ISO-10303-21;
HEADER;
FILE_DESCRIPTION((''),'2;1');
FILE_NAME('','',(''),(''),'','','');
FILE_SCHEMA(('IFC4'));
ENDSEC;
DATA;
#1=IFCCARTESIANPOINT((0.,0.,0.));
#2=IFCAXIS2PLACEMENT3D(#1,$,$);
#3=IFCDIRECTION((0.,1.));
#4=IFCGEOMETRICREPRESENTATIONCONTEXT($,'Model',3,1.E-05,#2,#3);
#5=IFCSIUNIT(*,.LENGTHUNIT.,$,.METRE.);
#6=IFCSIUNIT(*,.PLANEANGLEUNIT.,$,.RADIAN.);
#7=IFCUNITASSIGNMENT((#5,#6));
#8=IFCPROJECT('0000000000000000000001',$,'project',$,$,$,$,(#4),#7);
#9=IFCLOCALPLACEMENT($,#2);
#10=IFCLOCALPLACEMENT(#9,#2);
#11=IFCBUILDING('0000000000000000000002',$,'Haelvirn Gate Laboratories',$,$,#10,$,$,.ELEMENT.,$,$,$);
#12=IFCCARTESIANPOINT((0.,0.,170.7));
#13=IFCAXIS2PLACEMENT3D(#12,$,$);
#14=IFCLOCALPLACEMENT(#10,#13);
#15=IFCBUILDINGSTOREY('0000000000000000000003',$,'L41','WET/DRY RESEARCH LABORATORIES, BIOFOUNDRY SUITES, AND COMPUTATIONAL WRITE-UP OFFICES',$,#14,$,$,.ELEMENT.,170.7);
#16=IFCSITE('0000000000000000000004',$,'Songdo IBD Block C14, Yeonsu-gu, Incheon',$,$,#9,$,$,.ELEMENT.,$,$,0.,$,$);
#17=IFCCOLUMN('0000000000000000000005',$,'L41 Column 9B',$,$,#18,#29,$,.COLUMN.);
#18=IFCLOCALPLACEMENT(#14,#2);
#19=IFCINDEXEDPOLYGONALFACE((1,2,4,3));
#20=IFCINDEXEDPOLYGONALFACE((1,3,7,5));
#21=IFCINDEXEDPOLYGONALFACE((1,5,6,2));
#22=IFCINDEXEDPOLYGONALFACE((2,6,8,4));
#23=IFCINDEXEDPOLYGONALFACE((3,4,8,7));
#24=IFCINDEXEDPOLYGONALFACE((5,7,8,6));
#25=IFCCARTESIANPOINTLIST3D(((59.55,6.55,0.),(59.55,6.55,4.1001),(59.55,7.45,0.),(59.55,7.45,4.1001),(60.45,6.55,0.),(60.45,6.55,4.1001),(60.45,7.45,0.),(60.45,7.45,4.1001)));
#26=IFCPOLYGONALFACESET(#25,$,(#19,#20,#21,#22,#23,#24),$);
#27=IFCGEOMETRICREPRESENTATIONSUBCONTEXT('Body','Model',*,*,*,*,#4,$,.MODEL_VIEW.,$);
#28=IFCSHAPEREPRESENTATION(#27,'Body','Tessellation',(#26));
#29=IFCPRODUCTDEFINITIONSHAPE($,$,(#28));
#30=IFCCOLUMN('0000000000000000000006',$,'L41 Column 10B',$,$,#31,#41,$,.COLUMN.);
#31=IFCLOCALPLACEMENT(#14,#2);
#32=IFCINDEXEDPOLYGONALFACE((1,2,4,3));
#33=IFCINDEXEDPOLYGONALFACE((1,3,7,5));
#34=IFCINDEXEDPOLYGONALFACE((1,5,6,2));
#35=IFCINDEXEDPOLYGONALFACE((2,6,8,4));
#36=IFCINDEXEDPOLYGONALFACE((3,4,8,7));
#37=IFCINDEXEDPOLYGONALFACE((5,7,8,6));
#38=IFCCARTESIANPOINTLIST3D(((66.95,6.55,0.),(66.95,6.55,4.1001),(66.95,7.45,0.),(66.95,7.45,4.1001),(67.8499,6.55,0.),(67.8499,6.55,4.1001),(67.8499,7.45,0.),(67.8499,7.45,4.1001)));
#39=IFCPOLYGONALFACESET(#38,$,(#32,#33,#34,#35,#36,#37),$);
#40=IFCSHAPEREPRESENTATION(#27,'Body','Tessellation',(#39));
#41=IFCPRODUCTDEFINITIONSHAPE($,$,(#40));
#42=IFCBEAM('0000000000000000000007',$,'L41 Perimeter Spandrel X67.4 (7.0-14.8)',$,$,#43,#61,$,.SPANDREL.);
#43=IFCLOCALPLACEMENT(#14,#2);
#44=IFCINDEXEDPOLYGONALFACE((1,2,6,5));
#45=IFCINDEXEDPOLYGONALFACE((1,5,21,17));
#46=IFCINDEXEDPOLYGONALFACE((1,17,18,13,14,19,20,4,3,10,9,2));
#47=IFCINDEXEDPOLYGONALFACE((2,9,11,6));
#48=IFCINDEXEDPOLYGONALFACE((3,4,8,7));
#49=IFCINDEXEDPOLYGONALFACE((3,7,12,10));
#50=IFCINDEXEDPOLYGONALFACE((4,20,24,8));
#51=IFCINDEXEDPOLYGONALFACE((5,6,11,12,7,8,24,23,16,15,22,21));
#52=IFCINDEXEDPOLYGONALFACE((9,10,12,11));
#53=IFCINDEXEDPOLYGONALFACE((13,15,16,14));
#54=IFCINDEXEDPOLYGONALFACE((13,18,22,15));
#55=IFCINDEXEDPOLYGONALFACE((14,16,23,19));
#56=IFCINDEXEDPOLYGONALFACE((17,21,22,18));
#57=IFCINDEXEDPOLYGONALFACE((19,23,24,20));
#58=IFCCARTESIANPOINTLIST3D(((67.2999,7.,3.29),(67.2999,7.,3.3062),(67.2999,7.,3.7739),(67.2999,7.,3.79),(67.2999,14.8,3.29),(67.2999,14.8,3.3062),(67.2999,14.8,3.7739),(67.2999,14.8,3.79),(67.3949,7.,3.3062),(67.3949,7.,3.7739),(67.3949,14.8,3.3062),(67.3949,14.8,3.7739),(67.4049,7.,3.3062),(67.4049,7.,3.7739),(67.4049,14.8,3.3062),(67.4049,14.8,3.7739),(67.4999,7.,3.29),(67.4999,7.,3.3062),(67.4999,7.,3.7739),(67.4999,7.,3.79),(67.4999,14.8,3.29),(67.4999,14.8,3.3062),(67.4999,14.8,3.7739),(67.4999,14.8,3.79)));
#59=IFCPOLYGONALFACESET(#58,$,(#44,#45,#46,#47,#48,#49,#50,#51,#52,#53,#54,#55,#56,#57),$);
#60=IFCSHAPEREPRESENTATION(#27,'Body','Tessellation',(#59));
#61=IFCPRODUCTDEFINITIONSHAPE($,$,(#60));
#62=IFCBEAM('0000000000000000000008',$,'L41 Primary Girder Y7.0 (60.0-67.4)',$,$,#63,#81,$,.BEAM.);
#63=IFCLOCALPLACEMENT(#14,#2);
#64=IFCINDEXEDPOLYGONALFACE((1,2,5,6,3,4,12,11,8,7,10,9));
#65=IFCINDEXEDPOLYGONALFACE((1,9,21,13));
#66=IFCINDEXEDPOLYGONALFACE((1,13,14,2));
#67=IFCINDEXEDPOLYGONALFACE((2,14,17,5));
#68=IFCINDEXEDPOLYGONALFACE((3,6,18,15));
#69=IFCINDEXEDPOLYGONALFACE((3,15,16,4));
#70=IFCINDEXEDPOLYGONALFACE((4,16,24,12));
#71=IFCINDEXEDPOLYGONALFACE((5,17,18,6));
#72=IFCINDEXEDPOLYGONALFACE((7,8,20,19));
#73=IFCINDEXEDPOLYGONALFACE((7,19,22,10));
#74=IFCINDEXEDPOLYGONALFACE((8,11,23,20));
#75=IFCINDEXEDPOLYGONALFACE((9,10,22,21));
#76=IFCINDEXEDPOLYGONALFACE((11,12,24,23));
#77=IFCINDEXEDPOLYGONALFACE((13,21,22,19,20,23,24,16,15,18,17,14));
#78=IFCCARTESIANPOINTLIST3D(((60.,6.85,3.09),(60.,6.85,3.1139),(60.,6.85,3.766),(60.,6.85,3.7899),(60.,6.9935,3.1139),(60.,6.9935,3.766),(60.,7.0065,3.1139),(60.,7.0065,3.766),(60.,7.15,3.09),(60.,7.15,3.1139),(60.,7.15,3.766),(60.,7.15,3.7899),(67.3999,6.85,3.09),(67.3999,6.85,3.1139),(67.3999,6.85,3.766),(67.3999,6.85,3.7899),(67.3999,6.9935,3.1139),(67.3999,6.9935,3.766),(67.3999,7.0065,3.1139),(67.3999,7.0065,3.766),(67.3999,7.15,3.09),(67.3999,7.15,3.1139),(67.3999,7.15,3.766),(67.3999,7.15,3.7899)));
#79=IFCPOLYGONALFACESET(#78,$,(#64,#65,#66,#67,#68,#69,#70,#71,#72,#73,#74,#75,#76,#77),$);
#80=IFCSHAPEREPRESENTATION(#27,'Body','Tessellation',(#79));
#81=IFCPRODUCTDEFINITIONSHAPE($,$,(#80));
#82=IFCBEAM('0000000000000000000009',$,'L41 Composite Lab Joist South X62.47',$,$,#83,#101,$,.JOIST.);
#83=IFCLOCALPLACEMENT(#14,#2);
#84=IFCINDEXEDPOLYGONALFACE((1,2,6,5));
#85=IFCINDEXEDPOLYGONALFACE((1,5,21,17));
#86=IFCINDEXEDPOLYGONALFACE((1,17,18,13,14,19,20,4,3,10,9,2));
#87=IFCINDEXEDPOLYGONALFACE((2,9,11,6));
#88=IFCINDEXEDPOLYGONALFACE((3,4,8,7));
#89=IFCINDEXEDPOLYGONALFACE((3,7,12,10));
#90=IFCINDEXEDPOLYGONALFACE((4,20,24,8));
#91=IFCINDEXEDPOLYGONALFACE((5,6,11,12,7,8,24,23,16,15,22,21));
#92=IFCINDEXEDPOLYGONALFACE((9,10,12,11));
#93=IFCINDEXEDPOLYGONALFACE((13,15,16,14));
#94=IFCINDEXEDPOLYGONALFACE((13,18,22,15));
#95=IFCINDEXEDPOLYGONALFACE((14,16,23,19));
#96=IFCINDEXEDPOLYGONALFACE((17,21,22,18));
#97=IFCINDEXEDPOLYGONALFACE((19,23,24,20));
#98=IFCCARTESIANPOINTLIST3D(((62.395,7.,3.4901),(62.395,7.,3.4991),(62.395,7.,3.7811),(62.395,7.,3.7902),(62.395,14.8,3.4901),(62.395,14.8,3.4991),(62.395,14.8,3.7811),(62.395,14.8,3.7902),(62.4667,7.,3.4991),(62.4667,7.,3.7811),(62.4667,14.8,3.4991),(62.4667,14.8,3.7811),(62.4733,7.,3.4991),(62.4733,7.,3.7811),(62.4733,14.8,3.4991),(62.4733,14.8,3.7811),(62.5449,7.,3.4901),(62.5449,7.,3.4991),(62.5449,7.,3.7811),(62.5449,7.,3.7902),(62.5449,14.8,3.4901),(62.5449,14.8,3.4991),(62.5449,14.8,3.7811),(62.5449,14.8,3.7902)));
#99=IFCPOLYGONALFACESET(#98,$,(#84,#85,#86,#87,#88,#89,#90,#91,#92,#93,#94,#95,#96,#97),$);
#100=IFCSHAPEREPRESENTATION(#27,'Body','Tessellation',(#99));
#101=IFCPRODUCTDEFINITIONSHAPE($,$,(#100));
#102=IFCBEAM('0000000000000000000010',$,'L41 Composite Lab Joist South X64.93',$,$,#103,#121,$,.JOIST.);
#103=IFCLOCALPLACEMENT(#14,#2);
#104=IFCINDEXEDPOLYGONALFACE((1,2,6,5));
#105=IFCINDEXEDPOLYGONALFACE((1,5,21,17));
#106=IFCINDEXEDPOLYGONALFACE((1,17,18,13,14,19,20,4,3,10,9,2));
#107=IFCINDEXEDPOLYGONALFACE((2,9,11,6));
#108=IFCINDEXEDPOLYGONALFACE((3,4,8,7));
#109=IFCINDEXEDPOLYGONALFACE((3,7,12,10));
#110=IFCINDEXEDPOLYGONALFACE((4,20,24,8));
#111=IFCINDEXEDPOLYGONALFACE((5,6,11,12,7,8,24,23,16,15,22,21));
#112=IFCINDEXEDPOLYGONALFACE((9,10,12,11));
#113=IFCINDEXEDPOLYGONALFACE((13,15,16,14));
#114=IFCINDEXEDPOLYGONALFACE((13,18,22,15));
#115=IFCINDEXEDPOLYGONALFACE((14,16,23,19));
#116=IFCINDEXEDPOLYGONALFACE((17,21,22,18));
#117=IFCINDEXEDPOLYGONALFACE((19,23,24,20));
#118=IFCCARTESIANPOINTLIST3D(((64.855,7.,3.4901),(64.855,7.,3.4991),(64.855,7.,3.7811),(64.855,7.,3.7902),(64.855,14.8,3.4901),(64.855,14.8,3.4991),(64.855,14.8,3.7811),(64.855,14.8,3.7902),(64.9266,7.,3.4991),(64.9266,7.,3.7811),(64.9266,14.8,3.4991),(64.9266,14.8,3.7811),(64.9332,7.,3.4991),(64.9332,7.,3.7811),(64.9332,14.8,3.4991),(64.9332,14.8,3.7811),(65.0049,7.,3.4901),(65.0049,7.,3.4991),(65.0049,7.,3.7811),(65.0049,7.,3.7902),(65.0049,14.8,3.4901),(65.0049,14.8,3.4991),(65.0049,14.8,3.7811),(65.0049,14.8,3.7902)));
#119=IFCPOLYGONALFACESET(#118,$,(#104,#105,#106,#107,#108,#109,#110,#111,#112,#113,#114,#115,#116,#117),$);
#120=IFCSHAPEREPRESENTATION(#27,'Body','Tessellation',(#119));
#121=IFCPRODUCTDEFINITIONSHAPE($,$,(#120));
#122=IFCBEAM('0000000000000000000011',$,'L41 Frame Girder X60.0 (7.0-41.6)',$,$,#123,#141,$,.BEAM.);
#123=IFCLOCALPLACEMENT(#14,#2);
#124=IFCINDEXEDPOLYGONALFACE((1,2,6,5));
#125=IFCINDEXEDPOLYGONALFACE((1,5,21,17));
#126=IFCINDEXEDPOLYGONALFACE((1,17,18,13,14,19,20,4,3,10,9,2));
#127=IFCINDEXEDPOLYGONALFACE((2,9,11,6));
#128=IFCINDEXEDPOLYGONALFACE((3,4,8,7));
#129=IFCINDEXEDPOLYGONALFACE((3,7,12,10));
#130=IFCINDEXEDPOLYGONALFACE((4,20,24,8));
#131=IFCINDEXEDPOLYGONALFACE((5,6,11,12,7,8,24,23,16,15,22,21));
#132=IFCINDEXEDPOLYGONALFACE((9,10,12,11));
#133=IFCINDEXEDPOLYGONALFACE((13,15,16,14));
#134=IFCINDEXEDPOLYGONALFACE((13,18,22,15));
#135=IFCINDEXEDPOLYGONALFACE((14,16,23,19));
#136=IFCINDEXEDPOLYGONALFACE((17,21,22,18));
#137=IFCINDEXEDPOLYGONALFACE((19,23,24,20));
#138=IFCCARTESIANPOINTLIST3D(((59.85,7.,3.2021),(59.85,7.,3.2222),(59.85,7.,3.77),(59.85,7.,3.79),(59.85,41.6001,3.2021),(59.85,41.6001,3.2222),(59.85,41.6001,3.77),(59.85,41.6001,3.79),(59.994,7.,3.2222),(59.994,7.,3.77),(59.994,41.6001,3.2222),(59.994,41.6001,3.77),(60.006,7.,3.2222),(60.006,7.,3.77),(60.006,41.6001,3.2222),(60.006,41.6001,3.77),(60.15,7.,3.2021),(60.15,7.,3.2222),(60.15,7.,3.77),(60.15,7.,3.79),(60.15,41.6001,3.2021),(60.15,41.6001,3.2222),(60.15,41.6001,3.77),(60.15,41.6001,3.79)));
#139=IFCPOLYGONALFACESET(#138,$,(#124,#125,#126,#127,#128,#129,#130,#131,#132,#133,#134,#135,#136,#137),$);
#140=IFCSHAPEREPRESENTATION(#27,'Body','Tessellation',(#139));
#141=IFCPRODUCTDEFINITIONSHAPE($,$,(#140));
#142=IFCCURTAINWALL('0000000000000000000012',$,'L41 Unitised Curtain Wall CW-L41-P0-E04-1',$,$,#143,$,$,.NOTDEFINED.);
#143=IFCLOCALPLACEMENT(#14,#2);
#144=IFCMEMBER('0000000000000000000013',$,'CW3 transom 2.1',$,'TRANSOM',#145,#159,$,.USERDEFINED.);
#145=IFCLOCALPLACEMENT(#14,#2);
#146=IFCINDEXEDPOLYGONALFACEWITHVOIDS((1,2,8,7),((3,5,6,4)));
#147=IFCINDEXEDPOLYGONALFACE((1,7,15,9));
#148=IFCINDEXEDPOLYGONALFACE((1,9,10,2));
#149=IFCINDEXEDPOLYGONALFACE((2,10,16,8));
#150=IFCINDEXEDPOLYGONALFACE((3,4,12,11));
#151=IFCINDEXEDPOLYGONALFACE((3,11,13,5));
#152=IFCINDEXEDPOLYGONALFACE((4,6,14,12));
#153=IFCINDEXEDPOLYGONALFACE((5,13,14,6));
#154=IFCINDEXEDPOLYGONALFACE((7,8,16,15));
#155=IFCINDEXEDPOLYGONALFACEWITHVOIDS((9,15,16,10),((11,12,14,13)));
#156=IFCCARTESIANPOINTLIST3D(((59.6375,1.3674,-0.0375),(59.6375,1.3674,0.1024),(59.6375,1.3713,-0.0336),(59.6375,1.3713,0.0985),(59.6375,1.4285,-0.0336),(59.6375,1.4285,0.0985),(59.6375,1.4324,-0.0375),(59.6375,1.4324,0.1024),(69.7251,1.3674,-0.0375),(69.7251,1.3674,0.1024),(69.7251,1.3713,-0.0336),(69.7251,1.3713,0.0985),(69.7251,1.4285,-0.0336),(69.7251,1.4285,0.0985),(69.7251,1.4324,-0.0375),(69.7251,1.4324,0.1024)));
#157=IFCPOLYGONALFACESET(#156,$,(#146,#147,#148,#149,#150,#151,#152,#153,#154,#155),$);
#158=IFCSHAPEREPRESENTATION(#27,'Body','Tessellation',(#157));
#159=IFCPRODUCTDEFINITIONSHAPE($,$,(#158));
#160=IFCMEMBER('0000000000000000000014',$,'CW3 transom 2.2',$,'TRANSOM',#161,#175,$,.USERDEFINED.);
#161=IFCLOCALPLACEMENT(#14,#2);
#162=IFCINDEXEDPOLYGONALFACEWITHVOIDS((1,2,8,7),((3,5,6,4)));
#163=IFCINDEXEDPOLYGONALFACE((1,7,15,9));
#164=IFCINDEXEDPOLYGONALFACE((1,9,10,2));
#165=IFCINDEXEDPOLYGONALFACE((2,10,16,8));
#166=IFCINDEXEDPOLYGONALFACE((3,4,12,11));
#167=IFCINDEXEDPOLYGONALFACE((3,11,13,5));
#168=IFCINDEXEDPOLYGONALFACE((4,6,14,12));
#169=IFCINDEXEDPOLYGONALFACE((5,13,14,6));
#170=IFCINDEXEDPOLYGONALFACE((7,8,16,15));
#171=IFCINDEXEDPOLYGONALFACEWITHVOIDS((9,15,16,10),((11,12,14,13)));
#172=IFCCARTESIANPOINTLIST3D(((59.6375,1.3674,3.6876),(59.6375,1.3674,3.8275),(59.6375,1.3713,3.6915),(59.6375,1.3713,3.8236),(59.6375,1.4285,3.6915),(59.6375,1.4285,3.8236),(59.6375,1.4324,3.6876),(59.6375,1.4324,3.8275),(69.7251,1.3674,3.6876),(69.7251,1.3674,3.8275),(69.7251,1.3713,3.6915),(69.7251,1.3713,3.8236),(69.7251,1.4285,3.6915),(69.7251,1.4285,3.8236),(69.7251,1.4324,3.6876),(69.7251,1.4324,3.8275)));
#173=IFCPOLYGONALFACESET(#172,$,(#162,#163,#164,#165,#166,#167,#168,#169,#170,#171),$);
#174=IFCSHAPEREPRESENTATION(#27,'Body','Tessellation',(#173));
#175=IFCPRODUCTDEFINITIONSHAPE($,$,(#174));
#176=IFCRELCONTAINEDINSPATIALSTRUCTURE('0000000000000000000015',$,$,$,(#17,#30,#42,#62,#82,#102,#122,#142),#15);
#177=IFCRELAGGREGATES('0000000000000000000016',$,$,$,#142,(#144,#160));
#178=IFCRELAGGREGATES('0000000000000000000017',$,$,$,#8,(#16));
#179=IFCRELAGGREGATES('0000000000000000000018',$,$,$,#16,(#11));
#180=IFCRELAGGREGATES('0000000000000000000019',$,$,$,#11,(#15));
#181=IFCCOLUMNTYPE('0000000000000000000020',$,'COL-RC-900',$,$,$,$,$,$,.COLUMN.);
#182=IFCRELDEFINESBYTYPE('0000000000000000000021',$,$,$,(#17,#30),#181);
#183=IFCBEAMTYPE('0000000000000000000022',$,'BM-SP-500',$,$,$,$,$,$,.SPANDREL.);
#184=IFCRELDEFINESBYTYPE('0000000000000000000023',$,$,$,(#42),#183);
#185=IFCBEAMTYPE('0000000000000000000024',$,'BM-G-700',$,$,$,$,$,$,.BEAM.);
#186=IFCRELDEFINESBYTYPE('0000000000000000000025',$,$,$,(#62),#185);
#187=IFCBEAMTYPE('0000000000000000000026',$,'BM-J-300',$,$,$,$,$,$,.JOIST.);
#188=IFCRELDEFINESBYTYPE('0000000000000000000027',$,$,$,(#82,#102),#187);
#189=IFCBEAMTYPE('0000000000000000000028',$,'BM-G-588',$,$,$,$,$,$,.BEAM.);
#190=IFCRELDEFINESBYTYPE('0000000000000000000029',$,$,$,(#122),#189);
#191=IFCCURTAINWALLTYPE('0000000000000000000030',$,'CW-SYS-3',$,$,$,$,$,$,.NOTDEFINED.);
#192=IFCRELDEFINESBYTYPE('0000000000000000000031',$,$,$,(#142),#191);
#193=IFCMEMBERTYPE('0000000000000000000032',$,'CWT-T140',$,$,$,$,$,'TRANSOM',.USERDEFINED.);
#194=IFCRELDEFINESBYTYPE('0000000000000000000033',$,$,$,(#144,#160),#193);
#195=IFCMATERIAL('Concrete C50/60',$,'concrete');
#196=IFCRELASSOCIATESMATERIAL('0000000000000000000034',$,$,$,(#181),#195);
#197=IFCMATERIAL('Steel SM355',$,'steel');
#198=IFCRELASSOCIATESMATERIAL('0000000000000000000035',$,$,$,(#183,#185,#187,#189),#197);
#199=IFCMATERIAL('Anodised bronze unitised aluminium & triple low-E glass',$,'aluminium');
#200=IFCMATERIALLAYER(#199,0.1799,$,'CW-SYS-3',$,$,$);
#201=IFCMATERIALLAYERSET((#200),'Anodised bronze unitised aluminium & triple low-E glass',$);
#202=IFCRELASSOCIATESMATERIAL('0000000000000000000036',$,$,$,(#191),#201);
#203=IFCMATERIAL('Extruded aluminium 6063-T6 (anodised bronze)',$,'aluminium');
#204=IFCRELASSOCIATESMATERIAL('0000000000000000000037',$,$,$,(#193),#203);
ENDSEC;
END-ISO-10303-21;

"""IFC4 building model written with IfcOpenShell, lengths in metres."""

from ifc_helpers import new_model, si_unit, direction, frame, origin, origin_2d, place, context, subcontext, project, spatial, rectangle, hollow_rectangle, i_section, extrude, source, transform, mapped, material, layer, layer_set, material_profile, profile_set, type_object, type_shapes, element, aggregate, save


model = new_model("IFC4")

# Units and contexts
model_context = context("Model", 3, precision=1e-05, world=origin(), true_north=direction((0.0, 1.0)))
body_context = subcontext(model_context, "Body", "Model", "MODEL_VIEW")
ifc_project = project(units=[si_unit("LENGTHUNIT", "METRE"), si_unit("PLANEANGLEUNIT", "RADIAN")], contexts=[model_context])

# Site, building, storey
site_placement = place(None, origin())
site = spatial("IfcSite", under=ifc_project, at=site_placement, Name="Songdo IBD Block C14, Yeonsu-gu, Incheon", CompositionType="ELEMENT", RefElevation=0.0)
building_placement = place(site_placement, origin())
building = spatial("IfcBuilding", under=site, at=building_placement, Name="Haelvirn Gate Laboratories", CompositionType="ELEMENT")
storey_placement = place(building_placement, frame((0.0, 0.0, 170.7)))
storey = spatial("IfcBuildingStorey", under=building, at=storey_placement, Name="L41", Description="WET/DRY RESEARCH LABORATORIES, BIOFOUNDRY SUITES, AND COMPUTATIONAL WRITE-UP OFFICES", CompositionType="ELEMENT", Elevation=170.7)

# Columns
ifc_material_1 = material(Name="Concrete C50/60", Category="concrete")
ifc_material_profile_1 = material_profile(ifc_material_1, rectangle(XDim=0.8999, YDim=0.8999, at=origin_2d()), Name="RC-900x900")
ifc_profile_set_1 = profile_set([ifc_material_profile_1], Name="Concrete C50/60")
column_type = type_object("IfcColumnType", Name="COL-RC-900", PredefinedType="COLUMN", material=ifc_profile_set_1)
shared_shape_1 = source(origin(), body_context, "Body", "SweptSolid", [
    extrude(rectangle(XDim=0.8999, YDim=0.8999, at=origin_2d()), origin(), (0.0, 0.0, 1.0), 4.1001),
])
type_shapes(column_type, [shared_shape_1])
for number, where, z_axis, x_axis, name in (
    (1, (60.0, 7.0, 0.0), (0.0, 0.0, 1.0), (1.0, 0.0, 0.0), "L41 Column 9B"),
    (2, (67.3999, 7.0, 0.0), (0.0, 0.0, 1.0), (1.0, 0.0, 0.0), "L41 Column 10B"),
):
    element("IfcColumn", number, at=place(storey_placement, frame(where, z_axis=z_axis, x_axis=x_axis)), inside=storey, type_object=column_type, Name=name, PredefinedType="COLUMN", context=body_context, shape_type="MappedRepresentation", body=[
        mapped(shared_shape_1, transform((0.0, 0.0, 0.0), scale=1.0)),
    ])

# Beams
ifc_material_2 = material(Name="Steel SM355", Category="steel")
ifc_material_profile_2 = material_profile(ifc_material_2, i_section(OverallWidth=0.2, OverallDepth=0.5, WebThickness=0.01, FlangeThickness=0.0161, at=origin_2d()), Name="H-500x200x10x16")
ifc_profile_set_2 = profile_set([ifc_material_profile_2], Name="Steel SM355")
beam_type_1 = type_object("IfcBeamType", Name="BM-SP-500", PredefinedType="SPANDREL", material=ifc_profile_set_2)
shared_shape_2 = source(origin(), body_context, "Body", "SweptSolid", [
    extrude(i_section(OverallWidth=0.2, OverallDepth=0.5, WebThickness=0.01, FlangeThickness=0.0161, at=origin_2d()), origin(), (0.0, 0.0, 1.0), 7.8),
])
type_shapes(beam_type_1, [shared_shape_2])
beam_1_placement = place(storey_placement, frame((67.3999, 7.0, 3.54), z_axis=(0.0, 1.0, 0.0), x_axis=(-1.0, 0.0, 0.0)))
element("IfcBeam", 3, at=beam_1_placement, inside=storey, type_object=beam_type_1, Name="L41 Perimeter Spandrel X67.4 (7.0-14.8)", PredefinedType="SPANDREL", context=body_context, shape_type="MappedRepresentation", body=[
    mapped(shared_shape_2, transform((0.0, 0.0, 0.0), scale=1.0)),
])
ifc_material_profile_3 = material_profile(ifc_material_2, i_section(OverallWidth=0.3, OverallDepth=0.7, WebThickness=0.0129, FlangeThickness=0.0239, at=origin_2d()), Name="H-700x300x13x24")
ifc_profile_set_3 = profile_set([ifc_material_profile_3], Name="Steel SM355")
beam_type_2 = type_object("IfcBeamType", Name="BM-G-700", PredefinedType="BEAM", material=ifc_profile_set_3)
shared_shape_3 = source(origin(), body_context, "Body", "SweptSolid", [
    extrude(i_section(OverallWidth=0.3, OverallDepth=0.7, WebThickness=0.0129, FlangeThickness=0.0239, at=origin_2d()), origin(), (0.0, 0.0, 1.0), 7.3999),
])
type_shapes(beam_type_2, [shared_shape_3])
beam_2_placement = place(storey_placement, frame((60.0, 7.0, 3.4399), z_axis=(1.0, 0.0, 0.0), x_axis=(0.0, 1.0, 0.0)))
element("IfcBeam", 4, at=beam_2_placement, inside=storey, type_object=beam_type_2, Name="L41 Primary Girder Y7.0 (60.0-67.4)", PredefinedType="BEAM", context=body_context, shape_type="MappedRepresentation", body=[
    mapped(shared_shape_3, transform((0.0, 0.0, 0.0), scale=1.0)),
])
ifc_material_profile_4 = material_profile(ifc_material_2, i_section(OverallWidth=0.1499, OverallDepth=0.3, WebThickness=0.0066, FlangeThickness=0.009, at=origin_2d()), Name="H-300x150x6.5x9")
ifc_profile_set_4 = profile_set([ifc_material_profile_4], Name="Steel SM355")
beam_type_3 = type_object("IfcBeamType", Name="BM-J-300", PredefinedType="JOIST", material=ifc_profile_set_4)
shared_shape_4 = source(origin(), body_context, "Body", "SweptSolid", [
    extrude(i_section(OverallWidth=0.1499, OverallDepth=0.3, WebThickness=0.0066, FlangeThickness=0.009, at=origin_2d()), origin(), (0.0, 0.0, 1.0), 7.8),
])
type_shapes(beam_type_3, [shared_shape_4])
for number, where, z_axis, x_axis, name in (
    (5, (62.47, 7.0, 3.6401), (0.0, 1.0, 0.0), (-1.0, 0.0, 0.0), "L41 Composite Lab Joist South X62.47"),
    (6, (64.9299, 7.0, 3.6401), (0.0, 1.0, 0.0), (-1.0, 0.0, 0.0), "L41 Composite Lab Joist South X64.93"),
):
    element("IfcBeam", number, at=place(storey_placement, frame(where, z_axis=z_axis, x_axis=x_axis)), inside=storey, type_object=beam_type_3, Name=name, PredefinedType="JOIST", context=body_context, shape_type="MappedRepresentation", body=[
        mapped(shared_shape_4, transform((0.0, 0.0, 0.0), scale=1.0)),
    ])
ifc_material_profile_5 = material_profile(ifc_material_2, i_section(OverallWidth=0.3, OverallDepth=0.5879, WebThickness=0.012, FlangeThickness=0.02, at=origin_2d()), Name="H-588x300x12x20")
ifc_profile_set_5 = profile_set([ifc_material_profile_5], Name="Steel SM355")
beam_type_4 = type_object("IfcBeamType", Name="BM-G-588", PredefinedType="BEAM", material=ifc_profile_set_5)
shared_shape_5 = source(origin(), body_context, "Body", "SweptSolid", [
    extrude(i_section(OverallWidth=0.3, OverallDepth=0.5879, WebThickness=0.012, FlangeThickness=0.02, at=origin_2d()), origin(), (0.0, 0.0, 1.0), 34.6001),
])
type_shapes(beam_type_4, [shared_shape_5])
beam_3_placement = place(storey_placement, frame((60.0, 7.0, 3.4961), z_axis=(0.0, 1.0, 0.0), x_axis=(-1.0, 0.0, 0.0)))
element("IfcBeam", 7, at=beam_3_placement, inside=storey, type_object=beam_type_4, Name="L41 Frame Girder X60.0 (7.0-41.6)", PredefinedType="BEAM", context=body_context, shape_type="MappedRepresentation", body=[
    mapped(shared_shape_5, transform((0.0, 0.0, 0.0), scale=1.0)),
])

# Curtain wall, members
ifc_material_3 = material(Name="Anodised bronze unitised aluminium & triple low-E glass", Category="aluminium")
ifc_layer_1 = layer(ifc_material_3, 0.1799, Name="CW-SYS-3")
ifc_layer_set_1 = layer_set([ifc_layer_1], Name="Anodised bronze unitised aluminium & triple low-E glass")
curtain_wall_type_1 = type_object("IfcCurtainWallType", Name="CW-SYS-3", PredefinedType="NOTDEFINED", material=ifc_layer_set_1)
curtain_wall_1_placement = place(storey_placement, origin())
curtain_wall_1 = element("IfcCurtainWall", 8, at=curtain_wall_1_placement, inside=storey, type_object=curtain_wall_type_1, Name="L41 Unitised Curtain Wall CW-L41-P0-E04-1", PredefinedType="NOTDEFINED")
ifc_material_4 = material(Name="Extruded aluminium 6063-T6 (anodised bronze)", Category="aluminium")
ifc_material_profile_6 = material_profile(ifc_material_4, hollow_rectangle(XDim=0.0649, YDim=0.1399, WallThickness=0.0039, at=origin_2d()), Name="CWT-140x65x4")
ifc_profile_set_6 = profile_set([ifc_material_profile_6], Name="Extruded aluminium 6063-T6 (anodised bronze)")
member_type_1 = type_object("IfcMemberType", Name="CWT-T140", ElementType="TRANSOM", PredefinedType="USERDEFINED", material=ifc_profile_set_6)
shared_shape_6 = source(origin(), body_context, "Body", "SweptSolid", [
    extrude(hollow_rectangle(XDim=0.0649, YDim=0.1399, WallThickness=0.0039, at=origin_2d()), origin(), (0.0, 0.0, 1.0), 10.0876),
])
member_1_placement = place(storey_placement, frame((59.6375, 1.3999, 0.0325), z_axis=(1.0, 0.0, 0.0), x_axis=(0.0, 1.0, 0.0)))
member_1 = element("IfcMember", 9, at=member_1_placement, type_object=member_type_1, Name="CW3 transom 2.1", ObjectType="TRANSOM", PredefinedType="USERDEFINED", context=body_context, shape_type="MappedRepresentation", body=[
    mapped(shared_shape_6, transform((0.0, 0.0, 0.0), scale=1.0)),
])
member_2_placement = place(storey_placement, frame((59.6375, 1.3999, 3.7576), z_axis=(1.0, 0.0, 0.0), x_axis=(0.0, 1.0, 0.0)))
member_2 = element("IfcMember", 10, at=member_2_placement, type_object=member_type_1, Name="CW3 transom 2.2", ObjectType="TRANSOM", PredefinedType="USERDEFINED", context=body_context, shape_type="MappedRepresentation", body=[
    mapped(shared_shape_6, transform((0.0, 0.0, 0.0), scale=1.0)),
])

aggregate(curtain_wall_1, [member_1, member_2])

save(model, "model.ifc")
